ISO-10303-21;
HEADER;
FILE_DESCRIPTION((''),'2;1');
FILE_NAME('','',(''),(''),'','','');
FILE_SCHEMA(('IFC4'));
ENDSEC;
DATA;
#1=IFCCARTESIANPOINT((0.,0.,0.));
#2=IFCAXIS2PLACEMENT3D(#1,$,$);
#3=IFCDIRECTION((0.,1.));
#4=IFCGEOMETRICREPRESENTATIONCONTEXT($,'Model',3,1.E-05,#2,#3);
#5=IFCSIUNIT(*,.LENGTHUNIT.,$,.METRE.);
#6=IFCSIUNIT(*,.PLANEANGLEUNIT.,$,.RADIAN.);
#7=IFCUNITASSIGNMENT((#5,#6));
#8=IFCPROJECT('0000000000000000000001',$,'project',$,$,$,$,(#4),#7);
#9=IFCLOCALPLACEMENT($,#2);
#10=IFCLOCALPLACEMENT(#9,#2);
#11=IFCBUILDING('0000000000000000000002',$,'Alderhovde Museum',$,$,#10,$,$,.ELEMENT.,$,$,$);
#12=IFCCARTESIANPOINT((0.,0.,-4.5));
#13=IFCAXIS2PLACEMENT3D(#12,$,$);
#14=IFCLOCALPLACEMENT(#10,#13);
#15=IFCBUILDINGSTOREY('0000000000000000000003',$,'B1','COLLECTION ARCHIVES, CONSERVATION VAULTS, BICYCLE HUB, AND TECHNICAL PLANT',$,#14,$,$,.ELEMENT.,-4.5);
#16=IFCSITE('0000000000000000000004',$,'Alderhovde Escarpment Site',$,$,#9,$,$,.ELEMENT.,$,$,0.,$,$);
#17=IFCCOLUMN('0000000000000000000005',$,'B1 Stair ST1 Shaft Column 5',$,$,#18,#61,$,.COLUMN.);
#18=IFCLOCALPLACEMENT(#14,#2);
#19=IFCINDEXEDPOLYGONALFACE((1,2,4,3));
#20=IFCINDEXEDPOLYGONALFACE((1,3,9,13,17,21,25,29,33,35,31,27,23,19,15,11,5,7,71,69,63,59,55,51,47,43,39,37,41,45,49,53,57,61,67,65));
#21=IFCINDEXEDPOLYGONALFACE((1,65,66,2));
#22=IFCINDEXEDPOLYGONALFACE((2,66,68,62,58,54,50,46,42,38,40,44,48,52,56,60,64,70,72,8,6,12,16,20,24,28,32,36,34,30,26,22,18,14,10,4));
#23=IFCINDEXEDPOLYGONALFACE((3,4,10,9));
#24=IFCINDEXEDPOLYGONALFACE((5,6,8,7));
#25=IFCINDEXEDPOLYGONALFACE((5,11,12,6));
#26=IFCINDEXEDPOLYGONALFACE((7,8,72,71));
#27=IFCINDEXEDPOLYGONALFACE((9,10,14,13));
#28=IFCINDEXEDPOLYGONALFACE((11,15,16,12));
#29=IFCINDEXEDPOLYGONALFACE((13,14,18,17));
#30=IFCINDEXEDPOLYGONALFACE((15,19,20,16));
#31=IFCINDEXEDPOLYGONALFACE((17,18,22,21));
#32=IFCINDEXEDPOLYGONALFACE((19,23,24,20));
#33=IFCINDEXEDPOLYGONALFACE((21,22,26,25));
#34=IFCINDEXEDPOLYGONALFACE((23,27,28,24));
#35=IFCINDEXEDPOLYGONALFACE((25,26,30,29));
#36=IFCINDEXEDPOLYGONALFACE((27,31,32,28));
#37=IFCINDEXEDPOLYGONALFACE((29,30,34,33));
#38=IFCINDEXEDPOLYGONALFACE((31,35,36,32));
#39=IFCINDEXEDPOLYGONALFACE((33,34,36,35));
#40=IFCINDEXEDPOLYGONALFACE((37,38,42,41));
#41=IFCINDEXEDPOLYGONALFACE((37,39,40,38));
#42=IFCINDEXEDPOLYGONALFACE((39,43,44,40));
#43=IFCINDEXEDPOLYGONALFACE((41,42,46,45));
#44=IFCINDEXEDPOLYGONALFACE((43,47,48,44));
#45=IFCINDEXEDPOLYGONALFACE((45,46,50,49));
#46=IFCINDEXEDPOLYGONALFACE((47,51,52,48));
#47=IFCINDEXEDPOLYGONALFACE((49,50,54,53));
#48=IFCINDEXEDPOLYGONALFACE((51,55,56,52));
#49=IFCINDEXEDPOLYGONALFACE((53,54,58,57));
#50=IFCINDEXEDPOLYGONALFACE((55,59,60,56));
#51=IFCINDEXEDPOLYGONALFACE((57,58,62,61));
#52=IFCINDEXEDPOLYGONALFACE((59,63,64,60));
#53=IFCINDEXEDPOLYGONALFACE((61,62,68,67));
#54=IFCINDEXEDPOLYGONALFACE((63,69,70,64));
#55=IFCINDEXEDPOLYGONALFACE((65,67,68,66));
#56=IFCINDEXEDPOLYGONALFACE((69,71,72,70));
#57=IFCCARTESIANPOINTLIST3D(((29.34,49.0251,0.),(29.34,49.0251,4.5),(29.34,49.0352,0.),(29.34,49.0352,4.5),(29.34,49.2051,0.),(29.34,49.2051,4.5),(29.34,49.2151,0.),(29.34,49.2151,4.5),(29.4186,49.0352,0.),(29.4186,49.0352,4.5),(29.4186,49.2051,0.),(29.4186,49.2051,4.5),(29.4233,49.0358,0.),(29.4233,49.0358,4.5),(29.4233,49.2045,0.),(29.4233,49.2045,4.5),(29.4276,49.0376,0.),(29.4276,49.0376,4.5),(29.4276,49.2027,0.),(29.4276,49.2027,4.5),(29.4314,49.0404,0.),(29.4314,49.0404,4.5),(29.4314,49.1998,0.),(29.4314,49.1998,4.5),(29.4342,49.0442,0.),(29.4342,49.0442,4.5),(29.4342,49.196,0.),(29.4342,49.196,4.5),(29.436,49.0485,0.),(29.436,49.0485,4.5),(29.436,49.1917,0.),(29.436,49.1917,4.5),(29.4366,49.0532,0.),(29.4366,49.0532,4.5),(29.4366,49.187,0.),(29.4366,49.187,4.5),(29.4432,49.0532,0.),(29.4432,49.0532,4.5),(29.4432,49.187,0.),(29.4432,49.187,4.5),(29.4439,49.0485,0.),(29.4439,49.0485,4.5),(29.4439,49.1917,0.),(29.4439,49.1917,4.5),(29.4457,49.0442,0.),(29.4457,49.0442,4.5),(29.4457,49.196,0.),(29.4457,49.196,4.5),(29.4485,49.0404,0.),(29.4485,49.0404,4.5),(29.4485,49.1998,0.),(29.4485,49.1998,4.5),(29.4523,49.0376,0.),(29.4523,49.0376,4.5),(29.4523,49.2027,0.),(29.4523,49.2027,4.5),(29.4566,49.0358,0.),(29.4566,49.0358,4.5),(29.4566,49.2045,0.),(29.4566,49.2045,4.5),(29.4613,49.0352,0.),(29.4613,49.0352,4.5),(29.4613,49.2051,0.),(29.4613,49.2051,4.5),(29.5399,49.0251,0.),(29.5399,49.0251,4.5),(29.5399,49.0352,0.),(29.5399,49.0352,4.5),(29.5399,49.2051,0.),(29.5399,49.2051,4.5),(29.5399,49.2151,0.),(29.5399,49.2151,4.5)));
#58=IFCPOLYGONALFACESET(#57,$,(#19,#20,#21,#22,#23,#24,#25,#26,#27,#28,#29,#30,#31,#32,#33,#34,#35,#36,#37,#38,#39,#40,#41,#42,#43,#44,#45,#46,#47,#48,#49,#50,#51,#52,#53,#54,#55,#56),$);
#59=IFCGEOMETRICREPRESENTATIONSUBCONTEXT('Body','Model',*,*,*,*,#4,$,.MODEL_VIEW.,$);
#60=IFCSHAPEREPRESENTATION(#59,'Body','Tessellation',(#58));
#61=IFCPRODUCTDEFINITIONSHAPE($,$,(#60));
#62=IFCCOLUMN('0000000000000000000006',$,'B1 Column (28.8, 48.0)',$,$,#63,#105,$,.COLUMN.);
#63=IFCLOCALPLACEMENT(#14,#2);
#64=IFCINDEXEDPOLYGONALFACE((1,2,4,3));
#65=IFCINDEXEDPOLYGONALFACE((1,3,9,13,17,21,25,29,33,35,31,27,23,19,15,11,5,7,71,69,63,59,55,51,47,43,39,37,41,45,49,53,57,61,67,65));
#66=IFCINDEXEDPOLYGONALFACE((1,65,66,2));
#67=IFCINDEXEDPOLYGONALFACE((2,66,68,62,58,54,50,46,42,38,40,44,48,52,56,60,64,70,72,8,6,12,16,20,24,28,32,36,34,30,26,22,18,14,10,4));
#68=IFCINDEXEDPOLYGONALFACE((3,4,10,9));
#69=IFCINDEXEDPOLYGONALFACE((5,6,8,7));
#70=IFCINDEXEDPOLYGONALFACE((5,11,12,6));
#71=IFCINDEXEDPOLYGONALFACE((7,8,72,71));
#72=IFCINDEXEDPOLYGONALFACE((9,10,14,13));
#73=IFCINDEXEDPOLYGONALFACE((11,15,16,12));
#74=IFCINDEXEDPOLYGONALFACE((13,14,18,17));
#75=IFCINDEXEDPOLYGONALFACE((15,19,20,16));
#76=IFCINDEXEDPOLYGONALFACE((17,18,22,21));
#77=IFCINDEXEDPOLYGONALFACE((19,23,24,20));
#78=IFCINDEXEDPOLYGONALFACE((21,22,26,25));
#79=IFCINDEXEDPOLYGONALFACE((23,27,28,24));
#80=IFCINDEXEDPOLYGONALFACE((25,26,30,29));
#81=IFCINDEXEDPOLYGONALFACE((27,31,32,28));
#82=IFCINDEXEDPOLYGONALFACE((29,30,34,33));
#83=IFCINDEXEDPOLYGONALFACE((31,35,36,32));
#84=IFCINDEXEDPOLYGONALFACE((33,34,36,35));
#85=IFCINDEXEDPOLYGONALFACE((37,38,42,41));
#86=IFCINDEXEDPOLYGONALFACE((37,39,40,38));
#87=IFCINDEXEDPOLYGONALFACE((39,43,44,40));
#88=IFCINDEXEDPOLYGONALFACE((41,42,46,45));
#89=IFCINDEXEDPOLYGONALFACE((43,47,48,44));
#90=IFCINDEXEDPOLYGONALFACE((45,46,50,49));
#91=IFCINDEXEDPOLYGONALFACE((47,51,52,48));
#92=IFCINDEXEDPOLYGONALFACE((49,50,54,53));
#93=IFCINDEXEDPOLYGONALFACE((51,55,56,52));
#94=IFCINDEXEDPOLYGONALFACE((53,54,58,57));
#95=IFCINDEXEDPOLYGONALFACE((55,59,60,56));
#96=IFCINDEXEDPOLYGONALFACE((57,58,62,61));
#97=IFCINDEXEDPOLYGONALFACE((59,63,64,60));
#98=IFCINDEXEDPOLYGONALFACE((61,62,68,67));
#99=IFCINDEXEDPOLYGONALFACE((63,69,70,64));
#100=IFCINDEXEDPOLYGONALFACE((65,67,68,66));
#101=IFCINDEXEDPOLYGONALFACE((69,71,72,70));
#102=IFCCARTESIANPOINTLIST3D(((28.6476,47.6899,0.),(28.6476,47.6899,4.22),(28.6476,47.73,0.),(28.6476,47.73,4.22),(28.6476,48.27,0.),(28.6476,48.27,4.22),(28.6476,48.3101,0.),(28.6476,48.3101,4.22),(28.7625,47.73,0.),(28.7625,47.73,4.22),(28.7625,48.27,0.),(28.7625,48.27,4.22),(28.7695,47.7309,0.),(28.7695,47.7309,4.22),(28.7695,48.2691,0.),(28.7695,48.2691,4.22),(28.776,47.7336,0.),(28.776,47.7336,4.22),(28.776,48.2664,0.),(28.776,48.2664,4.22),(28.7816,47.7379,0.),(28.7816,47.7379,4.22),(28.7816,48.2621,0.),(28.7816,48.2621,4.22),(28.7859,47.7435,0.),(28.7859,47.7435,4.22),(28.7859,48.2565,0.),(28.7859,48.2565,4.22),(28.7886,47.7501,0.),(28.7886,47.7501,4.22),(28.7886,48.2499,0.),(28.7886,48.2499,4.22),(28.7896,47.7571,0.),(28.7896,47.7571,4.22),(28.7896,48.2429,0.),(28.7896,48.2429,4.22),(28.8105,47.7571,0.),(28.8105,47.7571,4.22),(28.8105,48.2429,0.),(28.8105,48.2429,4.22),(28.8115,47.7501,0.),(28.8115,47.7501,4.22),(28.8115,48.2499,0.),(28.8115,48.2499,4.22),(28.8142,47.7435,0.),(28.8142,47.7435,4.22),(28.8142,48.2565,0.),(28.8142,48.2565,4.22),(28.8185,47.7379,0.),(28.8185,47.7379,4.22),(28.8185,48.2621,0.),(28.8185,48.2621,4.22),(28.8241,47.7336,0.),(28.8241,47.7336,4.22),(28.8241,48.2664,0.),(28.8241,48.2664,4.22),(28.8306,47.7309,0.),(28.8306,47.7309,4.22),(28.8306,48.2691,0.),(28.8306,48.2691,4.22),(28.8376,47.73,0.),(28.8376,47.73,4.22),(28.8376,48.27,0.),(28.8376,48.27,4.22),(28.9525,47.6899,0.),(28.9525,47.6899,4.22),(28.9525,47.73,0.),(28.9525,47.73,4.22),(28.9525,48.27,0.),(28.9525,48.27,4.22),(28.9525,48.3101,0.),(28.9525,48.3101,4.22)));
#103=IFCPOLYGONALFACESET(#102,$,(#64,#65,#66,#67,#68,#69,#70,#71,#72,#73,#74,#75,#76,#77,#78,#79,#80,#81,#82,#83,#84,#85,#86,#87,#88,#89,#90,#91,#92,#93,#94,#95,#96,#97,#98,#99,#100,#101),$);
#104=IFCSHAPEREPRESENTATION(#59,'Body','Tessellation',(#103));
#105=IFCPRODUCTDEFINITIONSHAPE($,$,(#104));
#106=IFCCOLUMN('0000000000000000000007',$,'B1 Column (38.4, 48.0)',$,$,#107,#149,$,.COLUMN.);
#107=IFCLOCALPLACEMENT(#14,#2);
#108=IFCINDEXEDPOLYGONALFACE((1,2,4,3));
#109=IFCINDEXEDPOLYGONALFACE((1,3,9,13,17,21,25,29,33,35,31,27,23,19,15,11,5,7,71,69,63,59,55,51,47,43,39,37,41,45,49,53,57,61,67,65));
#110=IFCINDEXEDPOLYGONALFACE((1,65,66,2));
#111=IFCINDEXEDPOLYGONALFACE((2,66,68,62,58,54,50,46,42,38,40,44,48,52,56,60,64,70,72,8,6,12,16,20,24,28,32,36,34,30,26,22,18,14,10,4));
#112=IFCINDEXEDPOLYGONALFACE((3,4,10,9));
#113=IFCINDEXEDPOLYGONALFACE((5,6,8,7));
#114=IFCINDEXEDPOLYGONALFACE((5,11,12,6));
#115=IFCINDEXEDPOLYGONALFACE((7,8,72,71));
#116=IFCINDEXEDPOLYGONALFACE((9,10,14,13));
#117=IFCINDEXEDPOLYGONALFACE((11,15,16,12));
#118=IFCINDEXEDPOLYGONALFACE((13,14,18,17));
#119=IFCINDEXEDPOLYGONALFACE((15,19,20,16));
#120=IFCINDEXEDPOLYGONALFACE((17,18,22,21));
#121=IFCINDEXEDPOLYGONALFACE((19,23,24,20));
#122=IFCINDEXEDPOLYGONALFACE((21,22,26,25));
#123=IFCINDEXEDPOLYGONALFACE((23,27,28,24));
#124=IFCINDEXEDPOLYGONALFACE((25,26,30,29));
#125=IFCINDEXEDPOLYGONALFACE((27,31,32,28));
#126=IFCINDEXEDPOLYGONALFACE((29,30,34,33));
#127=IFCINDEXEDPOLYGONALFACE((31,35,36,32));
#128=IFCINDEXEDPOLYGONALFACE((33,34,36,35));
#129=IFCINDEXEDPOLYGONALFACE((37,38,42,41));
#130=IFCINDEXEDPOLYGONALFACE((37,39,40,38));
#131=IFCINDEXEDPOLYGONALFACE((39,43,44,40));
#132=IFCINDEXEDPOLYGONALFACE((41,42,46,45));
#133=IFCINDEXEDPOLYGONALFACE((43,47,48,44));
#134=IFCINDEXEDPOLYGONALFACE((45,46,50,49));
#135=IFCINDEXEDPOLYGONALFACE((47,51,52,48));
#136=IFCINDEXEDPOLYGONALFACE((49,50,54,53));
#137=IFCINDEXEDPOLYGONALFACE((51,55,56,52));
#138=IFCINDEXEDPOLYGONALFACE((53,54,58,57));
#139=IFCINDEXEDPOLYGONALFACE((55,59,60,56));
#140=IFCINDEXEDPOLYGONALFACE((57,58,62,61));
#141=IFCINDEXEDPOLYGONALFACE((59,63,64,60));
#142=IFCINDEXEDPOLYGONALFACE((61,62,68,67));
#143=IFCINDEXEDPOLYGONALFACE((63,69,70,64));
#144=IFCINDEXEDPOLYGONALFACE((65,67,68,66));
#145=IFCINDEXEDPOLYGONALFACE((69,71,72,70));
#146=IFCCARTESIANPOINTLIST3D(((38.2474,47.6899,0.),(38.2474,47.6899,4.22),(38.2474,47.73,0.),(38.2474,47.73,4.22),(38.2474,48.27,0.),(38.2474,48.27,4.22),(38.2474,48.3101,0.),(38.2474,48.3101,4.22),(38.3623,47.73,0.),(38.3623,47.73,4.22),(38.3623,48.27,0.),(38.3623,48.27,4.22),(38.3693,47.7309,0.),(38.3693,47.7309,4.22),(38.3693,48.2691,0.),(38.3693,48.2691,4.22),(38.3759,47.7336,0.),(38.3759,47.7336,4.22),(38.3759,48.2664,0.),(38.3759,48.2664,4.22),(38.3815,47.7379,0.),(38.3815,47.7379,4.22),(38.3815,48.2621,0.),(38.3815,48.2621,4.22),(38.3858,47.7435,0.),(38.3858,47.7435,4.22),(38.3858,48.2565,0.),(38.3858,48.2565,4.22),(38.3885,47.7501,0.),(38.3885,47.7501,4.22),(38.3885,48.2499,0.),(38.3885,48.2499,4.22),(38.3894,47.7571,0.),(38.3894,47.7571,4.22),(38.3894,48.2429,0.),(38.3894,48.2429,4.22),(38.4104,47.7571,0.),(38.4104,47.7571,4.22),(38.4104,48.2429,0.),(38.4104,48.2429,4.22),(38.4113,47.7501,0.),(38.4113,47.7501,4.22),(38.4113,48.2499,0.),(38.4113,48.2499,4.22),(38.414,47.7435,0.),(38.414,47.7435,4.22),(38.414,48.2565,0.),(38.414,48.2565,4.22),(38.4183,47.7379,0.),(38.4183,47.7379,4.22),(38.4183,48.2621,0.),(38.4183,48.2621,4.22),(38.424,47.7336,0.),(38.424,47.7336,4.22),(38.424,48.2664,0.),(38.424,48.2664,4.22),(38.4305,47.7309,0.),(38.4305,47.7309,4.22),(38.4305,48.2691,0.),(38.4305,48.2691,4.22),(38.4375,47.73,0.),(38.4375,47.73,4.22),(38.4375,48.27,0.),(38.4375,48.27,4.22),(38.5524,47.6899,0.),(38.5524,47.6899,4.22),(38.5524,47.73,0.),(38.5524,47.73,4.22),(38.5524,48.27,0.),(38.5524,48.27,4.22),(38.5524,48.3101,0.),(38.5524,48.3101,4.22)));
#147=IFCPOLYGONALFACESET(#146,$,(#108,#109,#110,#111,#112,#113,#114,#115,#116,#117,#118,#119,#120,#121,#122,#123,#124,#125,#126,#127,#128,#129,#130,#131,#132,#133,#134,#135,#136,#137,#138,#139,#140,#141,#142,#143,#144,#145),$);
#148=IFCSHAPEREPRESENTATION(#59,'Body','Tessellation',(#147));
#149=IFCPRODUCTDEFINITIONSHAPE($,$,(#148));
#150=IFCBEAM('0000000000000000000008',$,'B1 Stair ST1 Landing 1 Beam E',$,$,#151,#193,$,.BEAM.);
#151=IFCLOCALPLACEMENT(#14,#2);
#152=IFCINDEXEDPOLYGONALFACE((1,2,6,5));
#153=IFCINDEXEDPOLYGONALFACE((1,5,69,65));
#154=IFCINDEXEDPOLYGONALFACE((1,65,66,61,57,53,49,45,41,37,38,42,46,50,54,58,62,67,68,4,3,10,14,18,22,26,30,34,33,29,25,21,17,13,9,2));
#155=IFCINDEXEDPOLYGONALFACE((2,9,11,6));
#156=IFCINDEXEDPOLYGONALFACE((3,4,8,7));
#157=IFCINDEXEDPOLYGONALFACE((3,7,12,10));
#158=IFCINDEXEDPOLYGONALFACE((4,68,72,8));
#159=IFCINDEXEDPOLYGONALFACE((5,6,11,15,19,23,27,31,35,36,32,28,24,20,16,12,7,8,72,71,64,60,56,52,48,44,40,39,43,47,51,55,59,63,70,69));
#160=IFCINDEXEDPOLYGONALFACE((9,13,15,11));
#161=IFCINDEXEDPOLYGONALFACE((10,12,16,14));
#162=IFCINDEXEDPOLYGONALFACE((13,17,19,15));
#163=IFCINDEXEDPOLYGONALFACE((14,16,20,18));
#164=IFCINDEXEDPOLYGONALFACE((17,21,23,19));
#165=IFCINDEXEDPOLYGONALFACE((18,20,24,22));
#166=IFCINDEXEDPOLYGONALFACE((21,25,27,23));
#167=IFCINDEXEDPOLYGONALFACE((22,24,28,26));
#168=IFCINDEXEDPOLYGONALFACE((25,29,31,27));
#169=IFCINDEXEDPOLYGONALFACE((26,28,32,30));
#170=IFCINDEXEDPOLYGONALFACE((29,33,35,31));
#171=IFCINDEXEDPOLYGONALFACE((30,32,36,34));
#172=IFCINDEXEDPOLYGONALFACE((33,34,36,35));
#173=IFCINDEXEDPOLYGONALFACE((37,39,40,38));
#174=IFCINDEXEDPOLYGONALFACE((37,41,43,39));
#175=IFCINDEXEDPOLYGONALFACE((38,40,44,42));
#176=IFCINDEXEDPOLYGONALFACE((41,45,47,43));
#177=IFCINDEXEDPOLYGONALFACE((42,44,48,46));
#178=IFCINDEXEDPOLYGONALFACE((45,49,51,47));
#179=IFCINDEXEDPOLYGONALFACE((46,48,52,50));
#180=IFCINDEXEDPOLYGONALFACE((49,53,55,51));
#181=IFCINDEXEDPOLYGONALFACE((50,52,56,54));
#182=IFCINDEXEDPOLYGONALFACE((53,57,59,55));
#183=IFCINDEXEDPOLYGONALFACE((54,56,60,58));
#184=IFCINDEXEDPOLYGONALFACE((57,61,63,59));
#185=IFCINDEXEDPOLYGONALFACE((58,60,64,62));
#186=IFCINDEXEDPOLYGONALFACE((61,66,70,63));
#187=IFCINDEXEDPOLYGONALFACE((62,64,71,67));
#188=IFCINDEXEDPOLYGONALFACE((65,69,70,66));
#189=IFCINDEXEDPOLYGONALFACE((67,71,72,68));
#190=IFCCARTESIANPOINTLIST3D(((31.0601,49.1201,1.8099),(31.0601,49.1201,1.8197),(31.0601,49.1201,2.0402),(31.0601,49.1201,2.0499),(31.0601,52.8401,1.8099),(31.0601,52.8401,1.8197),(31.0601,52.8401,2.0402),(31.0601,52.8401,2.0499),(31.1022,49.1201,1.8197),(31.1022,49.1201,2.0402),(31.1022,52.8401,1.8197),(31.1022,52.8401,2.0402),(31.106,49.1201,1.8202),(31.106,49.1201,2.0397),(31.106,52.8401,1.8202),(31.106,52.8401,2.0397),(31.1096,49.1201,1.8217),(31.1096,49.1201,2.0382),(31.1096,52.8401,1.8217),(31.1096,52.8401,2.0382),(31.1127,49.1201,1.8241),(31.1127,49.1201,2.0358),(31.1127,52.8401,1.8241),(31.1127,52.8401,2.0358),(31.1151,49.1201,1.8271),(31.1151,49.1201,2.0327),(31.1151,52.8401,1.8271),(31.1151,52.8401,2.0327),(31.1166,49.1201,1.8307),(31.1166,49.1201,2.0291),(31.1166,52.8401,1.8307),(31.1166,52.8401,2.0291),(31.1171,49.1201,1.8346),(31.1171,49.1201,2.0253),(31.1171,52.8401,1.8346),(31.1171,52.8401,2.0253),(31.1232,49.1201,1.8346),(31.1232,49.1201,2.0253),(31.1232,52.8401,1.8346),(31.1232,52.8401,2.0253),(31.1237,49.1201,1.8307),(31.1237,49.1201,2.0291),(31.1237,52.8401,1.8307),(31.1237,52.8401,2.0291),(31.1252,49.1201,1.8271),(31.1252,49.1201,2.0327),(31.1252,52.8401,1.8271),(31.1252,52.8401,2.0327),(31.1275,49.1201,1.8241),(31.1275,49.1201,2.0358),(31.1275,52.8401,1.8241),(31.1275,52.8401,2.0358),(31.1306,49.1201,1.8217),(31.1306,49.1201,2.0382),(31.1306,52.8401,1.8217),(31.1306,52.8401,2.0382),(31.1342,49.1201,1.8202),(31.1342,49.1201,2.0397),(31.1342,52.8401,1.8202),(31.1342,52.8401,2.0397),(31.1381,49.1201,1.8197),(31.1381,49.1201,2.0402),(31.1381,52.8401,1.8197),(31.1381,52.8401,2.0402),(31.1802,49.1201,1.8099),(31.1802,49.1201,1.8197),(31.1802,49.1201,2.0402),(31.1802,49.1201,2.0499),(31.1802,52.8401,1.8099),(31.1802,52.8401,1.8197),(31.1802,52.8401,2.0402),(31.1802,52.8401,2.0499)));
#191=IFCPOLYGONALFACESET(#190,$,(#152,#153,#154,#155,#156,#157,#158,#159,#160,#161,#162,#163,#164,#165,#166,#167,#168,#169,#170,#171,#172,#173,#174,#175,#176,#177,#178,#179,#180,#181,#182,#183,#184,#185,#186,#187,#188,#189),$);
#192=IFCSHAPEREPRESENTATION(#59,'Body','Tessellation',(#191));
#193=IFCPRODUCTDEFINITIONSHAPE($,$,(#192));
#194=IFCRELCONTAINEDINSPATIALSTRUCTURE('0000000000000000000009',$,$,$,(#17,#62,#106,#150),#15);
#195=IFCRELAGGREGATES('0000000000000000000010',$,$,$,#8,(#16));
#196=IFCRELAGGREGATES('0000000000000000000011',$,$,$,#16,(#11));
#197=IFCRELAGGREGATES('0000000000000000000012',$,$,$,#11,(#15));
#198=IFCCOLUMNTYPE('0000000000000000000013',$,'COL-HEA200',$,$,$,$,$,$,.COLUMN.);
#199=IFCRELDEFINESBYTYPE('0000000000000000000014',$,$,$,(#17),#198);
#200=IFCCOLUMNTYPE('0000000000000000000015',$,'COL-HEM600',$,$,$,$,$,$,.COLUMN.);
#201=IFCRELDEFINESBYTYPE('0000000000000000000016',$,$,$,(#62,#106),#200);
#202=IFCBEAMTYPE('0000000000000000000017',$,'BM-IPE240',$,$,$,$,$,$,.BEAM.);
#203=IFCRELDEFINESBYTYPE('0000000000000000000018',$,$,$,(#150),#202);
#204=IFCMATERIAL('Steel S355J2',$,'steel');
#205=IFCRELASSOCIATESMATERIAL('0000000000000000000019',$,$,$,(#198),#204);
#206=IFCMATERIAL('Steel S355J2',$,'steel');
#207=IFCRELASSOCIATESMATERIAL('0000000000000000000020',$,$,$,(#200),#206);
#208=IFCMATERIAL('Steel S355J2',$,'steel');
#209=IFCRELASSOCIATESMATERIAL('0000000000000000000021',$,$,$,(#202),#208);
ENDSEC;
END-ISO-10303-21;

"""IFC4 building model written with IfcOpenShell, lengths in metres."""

from ifc_helpers import new_model, si_unit, direction, frame, origin, origin_2d, place, context, subcontext, project, spatial, i_section, extrude, material, material_profile, profile_set, type_object, element, save


model = new_model("IFC4")

# Units and contexts
model_context = context("Model", 3, precision=1e-05, world=origin(), true_north=direction((0.0, 1.0)))
body_context = subcontext(model_context, "Body", "Model", "MODEL_VIEW")
ifc_project = project(units=[si_unit("LENGTHUNIT", "METRE"), si_unit("PLANEANGLEUNIT", "RADIAN")], contexts=[model_context])

# Site, building, storey
site_placement = place(None, origin())
site = spatial("IfcSite", under=ifc_project, at=site_placement, Name="Alderhovde Escarpment Site", CompositionType="ELEMENT", RefElevation=0.0)
building_placement = place(site_placement, origin())
building = spatial("IfcBuilding", under=site, at=building_placement, Name="Alderhovde Museum", CompositionType="ELEMENT")
storey_placement = place(building_placement, frame((0.0, 0.0, -4.5)))
storey = spatial("IfcBuildingStorey", under=building, at=storey_placement, Name="B1", Description="COLLECTION ARCHIVES, CONSERVATION VAULTS, BICYCLE HUB, AND TECHNICAL PLANT", CompositionType="ELEMENT", Elevation=-4.5)

# Columns
ifc_material_1 = material(Name="Steel S355J2", Category="steel")
ifc_material_profile_1 = material_profile(ifc_material_1, i_section(OverallWidth=0.2, OverallDepth=0.1899, WebThickness=0.0066, FlangeThickness=0.01, FilletRadius=0.0181, at=origin_2d()), Name="HEA 200")
ifc_profile_set_1 = profile_set([ifc_material_profile_1], Name="Steel S355J2")
column_type_1 = type_object("IfcColumnType", Name="COL-HEA200", PredefinedType="COLUMN", material=ifc_profile_set_1)
for number, where, z_axis, x_axis, name in (
    (1, (29.4399, 49.1201, 0.0), (0.0, 0.0, 1.0), (1.0, 0.0, 0.0), "B1 Stair ST1 Shaft Column 5"),
):
    element("IfcColumn", number, at=place(storey_placement, frame(where, z_axis=z_axis, x_axis=x_axis)), inside=storey, type_object=column_type_1, Name=name, PredefinedType="COLUMN", context=body_context, shape_type="SweptSolid", body=[
        extrude(i_section(OverallWidth=0.2, OverallDepth=0.1899, WebThickness=0.0066, FlangeThickness=0.01, FilletRadius=0.0181, at=origin_2d()), origin(), (0.0, 0.0, 1.0), 4.5),
    ])
ifc_material_2 = material(Name="Steel S355J2", Category="steel")
ifc_material_profile_2 = material_profile(ifc_material_2, i_section(OverallWidth=0.3049, OverallDepth=0.6201, WebThickness=0.021, FlangeThickness=0.04, FilletRadius=0.0271, at=origin_2d()), Name="HEM 600")
ifc_profile_set_2 = profile_set([ifc_material_profile_2], Name="Steel S355J2")
column_type_2 = type_object("IfcColumnType", Name="COL-HEM600", PredefinedType="COLUMN", material=ifc_profile_set_2)
for number, where, z_axis, x_axis, name in (
    (2, (28.8, 48.0, 0.0), (0.0, 0.0, 1.0), (1.0, 0.0, 0.0), "B1 Column (28.8, 48.0)"),
    (3, (38.3999, 48.0, 0.0), (0.0, 0.0, 1.0), (1.0, 0.0, 0.0), "B1 Column (38.4, 48.0)"),
):
    element("IfcColumn", number, at=place(storey_placement, frame(where, z_axis=z_axis, x_axis=x_axis)), inside=storey, type_object=column_type_2, Name=name, PredefinedType="COLUMN", context=body_context, shape_type="SweptSolid", body=[
        extrude(i_section(OverallWidth=0.3049, OverallDepth=0.6201, WebThickness=0.021, FlangeThickness=0.04, FilletRadius=0.0271, at=origin_2d()), origin(), (0.0, 0.0, 1.0), 4.22),
    ])

# Beam
ifc_material_3 = material(Name="Steel S355J2", Category="steel")
ifc_material_profile_3 = material_profile(ifc_material_3, i_section(OverallWidth=0.1201, OverallDepth=0.24, WebThickness=0.0061, FlangeThickness=0.0098, FilletRadius=0.0149, at=origin_2d()), Name="IPE 240")
ifc_profile_set_3 = profile_set([ifc_material_profile_3], Name="Steel S355J2")
beam_type = type_object("IfcBeamType", Name="BM-IPE240", PredefinedType="BEAM", material=ifc_profile_set_3)
beam_placement = place(storey_placement, frame((31.1201, 49.1201, 1.9299), z_axis=(0.0, 1.0, 0.0), x_axis=(-1.0, 0.0, 0.0)))
element("IfcBeam", 4, at=beam_placement, inside=storey, type_object=beam_type, Name="B1 Stair ST1 Landing 1 Beam E", PredefinedType="BEAM", context=body_context, shape_type="SweptSolid", body=[
    extrude(i_section(OverallWidth=0.1201, OverallDepth=0.24, WebThickness=0.0061, FlangeThickness=0.0098, FilletRadius=0.0149, at=origin_2d()), origin(), (0.0, 0.0, 1.0), 3.72),
])

save(model, "model.ifc")
